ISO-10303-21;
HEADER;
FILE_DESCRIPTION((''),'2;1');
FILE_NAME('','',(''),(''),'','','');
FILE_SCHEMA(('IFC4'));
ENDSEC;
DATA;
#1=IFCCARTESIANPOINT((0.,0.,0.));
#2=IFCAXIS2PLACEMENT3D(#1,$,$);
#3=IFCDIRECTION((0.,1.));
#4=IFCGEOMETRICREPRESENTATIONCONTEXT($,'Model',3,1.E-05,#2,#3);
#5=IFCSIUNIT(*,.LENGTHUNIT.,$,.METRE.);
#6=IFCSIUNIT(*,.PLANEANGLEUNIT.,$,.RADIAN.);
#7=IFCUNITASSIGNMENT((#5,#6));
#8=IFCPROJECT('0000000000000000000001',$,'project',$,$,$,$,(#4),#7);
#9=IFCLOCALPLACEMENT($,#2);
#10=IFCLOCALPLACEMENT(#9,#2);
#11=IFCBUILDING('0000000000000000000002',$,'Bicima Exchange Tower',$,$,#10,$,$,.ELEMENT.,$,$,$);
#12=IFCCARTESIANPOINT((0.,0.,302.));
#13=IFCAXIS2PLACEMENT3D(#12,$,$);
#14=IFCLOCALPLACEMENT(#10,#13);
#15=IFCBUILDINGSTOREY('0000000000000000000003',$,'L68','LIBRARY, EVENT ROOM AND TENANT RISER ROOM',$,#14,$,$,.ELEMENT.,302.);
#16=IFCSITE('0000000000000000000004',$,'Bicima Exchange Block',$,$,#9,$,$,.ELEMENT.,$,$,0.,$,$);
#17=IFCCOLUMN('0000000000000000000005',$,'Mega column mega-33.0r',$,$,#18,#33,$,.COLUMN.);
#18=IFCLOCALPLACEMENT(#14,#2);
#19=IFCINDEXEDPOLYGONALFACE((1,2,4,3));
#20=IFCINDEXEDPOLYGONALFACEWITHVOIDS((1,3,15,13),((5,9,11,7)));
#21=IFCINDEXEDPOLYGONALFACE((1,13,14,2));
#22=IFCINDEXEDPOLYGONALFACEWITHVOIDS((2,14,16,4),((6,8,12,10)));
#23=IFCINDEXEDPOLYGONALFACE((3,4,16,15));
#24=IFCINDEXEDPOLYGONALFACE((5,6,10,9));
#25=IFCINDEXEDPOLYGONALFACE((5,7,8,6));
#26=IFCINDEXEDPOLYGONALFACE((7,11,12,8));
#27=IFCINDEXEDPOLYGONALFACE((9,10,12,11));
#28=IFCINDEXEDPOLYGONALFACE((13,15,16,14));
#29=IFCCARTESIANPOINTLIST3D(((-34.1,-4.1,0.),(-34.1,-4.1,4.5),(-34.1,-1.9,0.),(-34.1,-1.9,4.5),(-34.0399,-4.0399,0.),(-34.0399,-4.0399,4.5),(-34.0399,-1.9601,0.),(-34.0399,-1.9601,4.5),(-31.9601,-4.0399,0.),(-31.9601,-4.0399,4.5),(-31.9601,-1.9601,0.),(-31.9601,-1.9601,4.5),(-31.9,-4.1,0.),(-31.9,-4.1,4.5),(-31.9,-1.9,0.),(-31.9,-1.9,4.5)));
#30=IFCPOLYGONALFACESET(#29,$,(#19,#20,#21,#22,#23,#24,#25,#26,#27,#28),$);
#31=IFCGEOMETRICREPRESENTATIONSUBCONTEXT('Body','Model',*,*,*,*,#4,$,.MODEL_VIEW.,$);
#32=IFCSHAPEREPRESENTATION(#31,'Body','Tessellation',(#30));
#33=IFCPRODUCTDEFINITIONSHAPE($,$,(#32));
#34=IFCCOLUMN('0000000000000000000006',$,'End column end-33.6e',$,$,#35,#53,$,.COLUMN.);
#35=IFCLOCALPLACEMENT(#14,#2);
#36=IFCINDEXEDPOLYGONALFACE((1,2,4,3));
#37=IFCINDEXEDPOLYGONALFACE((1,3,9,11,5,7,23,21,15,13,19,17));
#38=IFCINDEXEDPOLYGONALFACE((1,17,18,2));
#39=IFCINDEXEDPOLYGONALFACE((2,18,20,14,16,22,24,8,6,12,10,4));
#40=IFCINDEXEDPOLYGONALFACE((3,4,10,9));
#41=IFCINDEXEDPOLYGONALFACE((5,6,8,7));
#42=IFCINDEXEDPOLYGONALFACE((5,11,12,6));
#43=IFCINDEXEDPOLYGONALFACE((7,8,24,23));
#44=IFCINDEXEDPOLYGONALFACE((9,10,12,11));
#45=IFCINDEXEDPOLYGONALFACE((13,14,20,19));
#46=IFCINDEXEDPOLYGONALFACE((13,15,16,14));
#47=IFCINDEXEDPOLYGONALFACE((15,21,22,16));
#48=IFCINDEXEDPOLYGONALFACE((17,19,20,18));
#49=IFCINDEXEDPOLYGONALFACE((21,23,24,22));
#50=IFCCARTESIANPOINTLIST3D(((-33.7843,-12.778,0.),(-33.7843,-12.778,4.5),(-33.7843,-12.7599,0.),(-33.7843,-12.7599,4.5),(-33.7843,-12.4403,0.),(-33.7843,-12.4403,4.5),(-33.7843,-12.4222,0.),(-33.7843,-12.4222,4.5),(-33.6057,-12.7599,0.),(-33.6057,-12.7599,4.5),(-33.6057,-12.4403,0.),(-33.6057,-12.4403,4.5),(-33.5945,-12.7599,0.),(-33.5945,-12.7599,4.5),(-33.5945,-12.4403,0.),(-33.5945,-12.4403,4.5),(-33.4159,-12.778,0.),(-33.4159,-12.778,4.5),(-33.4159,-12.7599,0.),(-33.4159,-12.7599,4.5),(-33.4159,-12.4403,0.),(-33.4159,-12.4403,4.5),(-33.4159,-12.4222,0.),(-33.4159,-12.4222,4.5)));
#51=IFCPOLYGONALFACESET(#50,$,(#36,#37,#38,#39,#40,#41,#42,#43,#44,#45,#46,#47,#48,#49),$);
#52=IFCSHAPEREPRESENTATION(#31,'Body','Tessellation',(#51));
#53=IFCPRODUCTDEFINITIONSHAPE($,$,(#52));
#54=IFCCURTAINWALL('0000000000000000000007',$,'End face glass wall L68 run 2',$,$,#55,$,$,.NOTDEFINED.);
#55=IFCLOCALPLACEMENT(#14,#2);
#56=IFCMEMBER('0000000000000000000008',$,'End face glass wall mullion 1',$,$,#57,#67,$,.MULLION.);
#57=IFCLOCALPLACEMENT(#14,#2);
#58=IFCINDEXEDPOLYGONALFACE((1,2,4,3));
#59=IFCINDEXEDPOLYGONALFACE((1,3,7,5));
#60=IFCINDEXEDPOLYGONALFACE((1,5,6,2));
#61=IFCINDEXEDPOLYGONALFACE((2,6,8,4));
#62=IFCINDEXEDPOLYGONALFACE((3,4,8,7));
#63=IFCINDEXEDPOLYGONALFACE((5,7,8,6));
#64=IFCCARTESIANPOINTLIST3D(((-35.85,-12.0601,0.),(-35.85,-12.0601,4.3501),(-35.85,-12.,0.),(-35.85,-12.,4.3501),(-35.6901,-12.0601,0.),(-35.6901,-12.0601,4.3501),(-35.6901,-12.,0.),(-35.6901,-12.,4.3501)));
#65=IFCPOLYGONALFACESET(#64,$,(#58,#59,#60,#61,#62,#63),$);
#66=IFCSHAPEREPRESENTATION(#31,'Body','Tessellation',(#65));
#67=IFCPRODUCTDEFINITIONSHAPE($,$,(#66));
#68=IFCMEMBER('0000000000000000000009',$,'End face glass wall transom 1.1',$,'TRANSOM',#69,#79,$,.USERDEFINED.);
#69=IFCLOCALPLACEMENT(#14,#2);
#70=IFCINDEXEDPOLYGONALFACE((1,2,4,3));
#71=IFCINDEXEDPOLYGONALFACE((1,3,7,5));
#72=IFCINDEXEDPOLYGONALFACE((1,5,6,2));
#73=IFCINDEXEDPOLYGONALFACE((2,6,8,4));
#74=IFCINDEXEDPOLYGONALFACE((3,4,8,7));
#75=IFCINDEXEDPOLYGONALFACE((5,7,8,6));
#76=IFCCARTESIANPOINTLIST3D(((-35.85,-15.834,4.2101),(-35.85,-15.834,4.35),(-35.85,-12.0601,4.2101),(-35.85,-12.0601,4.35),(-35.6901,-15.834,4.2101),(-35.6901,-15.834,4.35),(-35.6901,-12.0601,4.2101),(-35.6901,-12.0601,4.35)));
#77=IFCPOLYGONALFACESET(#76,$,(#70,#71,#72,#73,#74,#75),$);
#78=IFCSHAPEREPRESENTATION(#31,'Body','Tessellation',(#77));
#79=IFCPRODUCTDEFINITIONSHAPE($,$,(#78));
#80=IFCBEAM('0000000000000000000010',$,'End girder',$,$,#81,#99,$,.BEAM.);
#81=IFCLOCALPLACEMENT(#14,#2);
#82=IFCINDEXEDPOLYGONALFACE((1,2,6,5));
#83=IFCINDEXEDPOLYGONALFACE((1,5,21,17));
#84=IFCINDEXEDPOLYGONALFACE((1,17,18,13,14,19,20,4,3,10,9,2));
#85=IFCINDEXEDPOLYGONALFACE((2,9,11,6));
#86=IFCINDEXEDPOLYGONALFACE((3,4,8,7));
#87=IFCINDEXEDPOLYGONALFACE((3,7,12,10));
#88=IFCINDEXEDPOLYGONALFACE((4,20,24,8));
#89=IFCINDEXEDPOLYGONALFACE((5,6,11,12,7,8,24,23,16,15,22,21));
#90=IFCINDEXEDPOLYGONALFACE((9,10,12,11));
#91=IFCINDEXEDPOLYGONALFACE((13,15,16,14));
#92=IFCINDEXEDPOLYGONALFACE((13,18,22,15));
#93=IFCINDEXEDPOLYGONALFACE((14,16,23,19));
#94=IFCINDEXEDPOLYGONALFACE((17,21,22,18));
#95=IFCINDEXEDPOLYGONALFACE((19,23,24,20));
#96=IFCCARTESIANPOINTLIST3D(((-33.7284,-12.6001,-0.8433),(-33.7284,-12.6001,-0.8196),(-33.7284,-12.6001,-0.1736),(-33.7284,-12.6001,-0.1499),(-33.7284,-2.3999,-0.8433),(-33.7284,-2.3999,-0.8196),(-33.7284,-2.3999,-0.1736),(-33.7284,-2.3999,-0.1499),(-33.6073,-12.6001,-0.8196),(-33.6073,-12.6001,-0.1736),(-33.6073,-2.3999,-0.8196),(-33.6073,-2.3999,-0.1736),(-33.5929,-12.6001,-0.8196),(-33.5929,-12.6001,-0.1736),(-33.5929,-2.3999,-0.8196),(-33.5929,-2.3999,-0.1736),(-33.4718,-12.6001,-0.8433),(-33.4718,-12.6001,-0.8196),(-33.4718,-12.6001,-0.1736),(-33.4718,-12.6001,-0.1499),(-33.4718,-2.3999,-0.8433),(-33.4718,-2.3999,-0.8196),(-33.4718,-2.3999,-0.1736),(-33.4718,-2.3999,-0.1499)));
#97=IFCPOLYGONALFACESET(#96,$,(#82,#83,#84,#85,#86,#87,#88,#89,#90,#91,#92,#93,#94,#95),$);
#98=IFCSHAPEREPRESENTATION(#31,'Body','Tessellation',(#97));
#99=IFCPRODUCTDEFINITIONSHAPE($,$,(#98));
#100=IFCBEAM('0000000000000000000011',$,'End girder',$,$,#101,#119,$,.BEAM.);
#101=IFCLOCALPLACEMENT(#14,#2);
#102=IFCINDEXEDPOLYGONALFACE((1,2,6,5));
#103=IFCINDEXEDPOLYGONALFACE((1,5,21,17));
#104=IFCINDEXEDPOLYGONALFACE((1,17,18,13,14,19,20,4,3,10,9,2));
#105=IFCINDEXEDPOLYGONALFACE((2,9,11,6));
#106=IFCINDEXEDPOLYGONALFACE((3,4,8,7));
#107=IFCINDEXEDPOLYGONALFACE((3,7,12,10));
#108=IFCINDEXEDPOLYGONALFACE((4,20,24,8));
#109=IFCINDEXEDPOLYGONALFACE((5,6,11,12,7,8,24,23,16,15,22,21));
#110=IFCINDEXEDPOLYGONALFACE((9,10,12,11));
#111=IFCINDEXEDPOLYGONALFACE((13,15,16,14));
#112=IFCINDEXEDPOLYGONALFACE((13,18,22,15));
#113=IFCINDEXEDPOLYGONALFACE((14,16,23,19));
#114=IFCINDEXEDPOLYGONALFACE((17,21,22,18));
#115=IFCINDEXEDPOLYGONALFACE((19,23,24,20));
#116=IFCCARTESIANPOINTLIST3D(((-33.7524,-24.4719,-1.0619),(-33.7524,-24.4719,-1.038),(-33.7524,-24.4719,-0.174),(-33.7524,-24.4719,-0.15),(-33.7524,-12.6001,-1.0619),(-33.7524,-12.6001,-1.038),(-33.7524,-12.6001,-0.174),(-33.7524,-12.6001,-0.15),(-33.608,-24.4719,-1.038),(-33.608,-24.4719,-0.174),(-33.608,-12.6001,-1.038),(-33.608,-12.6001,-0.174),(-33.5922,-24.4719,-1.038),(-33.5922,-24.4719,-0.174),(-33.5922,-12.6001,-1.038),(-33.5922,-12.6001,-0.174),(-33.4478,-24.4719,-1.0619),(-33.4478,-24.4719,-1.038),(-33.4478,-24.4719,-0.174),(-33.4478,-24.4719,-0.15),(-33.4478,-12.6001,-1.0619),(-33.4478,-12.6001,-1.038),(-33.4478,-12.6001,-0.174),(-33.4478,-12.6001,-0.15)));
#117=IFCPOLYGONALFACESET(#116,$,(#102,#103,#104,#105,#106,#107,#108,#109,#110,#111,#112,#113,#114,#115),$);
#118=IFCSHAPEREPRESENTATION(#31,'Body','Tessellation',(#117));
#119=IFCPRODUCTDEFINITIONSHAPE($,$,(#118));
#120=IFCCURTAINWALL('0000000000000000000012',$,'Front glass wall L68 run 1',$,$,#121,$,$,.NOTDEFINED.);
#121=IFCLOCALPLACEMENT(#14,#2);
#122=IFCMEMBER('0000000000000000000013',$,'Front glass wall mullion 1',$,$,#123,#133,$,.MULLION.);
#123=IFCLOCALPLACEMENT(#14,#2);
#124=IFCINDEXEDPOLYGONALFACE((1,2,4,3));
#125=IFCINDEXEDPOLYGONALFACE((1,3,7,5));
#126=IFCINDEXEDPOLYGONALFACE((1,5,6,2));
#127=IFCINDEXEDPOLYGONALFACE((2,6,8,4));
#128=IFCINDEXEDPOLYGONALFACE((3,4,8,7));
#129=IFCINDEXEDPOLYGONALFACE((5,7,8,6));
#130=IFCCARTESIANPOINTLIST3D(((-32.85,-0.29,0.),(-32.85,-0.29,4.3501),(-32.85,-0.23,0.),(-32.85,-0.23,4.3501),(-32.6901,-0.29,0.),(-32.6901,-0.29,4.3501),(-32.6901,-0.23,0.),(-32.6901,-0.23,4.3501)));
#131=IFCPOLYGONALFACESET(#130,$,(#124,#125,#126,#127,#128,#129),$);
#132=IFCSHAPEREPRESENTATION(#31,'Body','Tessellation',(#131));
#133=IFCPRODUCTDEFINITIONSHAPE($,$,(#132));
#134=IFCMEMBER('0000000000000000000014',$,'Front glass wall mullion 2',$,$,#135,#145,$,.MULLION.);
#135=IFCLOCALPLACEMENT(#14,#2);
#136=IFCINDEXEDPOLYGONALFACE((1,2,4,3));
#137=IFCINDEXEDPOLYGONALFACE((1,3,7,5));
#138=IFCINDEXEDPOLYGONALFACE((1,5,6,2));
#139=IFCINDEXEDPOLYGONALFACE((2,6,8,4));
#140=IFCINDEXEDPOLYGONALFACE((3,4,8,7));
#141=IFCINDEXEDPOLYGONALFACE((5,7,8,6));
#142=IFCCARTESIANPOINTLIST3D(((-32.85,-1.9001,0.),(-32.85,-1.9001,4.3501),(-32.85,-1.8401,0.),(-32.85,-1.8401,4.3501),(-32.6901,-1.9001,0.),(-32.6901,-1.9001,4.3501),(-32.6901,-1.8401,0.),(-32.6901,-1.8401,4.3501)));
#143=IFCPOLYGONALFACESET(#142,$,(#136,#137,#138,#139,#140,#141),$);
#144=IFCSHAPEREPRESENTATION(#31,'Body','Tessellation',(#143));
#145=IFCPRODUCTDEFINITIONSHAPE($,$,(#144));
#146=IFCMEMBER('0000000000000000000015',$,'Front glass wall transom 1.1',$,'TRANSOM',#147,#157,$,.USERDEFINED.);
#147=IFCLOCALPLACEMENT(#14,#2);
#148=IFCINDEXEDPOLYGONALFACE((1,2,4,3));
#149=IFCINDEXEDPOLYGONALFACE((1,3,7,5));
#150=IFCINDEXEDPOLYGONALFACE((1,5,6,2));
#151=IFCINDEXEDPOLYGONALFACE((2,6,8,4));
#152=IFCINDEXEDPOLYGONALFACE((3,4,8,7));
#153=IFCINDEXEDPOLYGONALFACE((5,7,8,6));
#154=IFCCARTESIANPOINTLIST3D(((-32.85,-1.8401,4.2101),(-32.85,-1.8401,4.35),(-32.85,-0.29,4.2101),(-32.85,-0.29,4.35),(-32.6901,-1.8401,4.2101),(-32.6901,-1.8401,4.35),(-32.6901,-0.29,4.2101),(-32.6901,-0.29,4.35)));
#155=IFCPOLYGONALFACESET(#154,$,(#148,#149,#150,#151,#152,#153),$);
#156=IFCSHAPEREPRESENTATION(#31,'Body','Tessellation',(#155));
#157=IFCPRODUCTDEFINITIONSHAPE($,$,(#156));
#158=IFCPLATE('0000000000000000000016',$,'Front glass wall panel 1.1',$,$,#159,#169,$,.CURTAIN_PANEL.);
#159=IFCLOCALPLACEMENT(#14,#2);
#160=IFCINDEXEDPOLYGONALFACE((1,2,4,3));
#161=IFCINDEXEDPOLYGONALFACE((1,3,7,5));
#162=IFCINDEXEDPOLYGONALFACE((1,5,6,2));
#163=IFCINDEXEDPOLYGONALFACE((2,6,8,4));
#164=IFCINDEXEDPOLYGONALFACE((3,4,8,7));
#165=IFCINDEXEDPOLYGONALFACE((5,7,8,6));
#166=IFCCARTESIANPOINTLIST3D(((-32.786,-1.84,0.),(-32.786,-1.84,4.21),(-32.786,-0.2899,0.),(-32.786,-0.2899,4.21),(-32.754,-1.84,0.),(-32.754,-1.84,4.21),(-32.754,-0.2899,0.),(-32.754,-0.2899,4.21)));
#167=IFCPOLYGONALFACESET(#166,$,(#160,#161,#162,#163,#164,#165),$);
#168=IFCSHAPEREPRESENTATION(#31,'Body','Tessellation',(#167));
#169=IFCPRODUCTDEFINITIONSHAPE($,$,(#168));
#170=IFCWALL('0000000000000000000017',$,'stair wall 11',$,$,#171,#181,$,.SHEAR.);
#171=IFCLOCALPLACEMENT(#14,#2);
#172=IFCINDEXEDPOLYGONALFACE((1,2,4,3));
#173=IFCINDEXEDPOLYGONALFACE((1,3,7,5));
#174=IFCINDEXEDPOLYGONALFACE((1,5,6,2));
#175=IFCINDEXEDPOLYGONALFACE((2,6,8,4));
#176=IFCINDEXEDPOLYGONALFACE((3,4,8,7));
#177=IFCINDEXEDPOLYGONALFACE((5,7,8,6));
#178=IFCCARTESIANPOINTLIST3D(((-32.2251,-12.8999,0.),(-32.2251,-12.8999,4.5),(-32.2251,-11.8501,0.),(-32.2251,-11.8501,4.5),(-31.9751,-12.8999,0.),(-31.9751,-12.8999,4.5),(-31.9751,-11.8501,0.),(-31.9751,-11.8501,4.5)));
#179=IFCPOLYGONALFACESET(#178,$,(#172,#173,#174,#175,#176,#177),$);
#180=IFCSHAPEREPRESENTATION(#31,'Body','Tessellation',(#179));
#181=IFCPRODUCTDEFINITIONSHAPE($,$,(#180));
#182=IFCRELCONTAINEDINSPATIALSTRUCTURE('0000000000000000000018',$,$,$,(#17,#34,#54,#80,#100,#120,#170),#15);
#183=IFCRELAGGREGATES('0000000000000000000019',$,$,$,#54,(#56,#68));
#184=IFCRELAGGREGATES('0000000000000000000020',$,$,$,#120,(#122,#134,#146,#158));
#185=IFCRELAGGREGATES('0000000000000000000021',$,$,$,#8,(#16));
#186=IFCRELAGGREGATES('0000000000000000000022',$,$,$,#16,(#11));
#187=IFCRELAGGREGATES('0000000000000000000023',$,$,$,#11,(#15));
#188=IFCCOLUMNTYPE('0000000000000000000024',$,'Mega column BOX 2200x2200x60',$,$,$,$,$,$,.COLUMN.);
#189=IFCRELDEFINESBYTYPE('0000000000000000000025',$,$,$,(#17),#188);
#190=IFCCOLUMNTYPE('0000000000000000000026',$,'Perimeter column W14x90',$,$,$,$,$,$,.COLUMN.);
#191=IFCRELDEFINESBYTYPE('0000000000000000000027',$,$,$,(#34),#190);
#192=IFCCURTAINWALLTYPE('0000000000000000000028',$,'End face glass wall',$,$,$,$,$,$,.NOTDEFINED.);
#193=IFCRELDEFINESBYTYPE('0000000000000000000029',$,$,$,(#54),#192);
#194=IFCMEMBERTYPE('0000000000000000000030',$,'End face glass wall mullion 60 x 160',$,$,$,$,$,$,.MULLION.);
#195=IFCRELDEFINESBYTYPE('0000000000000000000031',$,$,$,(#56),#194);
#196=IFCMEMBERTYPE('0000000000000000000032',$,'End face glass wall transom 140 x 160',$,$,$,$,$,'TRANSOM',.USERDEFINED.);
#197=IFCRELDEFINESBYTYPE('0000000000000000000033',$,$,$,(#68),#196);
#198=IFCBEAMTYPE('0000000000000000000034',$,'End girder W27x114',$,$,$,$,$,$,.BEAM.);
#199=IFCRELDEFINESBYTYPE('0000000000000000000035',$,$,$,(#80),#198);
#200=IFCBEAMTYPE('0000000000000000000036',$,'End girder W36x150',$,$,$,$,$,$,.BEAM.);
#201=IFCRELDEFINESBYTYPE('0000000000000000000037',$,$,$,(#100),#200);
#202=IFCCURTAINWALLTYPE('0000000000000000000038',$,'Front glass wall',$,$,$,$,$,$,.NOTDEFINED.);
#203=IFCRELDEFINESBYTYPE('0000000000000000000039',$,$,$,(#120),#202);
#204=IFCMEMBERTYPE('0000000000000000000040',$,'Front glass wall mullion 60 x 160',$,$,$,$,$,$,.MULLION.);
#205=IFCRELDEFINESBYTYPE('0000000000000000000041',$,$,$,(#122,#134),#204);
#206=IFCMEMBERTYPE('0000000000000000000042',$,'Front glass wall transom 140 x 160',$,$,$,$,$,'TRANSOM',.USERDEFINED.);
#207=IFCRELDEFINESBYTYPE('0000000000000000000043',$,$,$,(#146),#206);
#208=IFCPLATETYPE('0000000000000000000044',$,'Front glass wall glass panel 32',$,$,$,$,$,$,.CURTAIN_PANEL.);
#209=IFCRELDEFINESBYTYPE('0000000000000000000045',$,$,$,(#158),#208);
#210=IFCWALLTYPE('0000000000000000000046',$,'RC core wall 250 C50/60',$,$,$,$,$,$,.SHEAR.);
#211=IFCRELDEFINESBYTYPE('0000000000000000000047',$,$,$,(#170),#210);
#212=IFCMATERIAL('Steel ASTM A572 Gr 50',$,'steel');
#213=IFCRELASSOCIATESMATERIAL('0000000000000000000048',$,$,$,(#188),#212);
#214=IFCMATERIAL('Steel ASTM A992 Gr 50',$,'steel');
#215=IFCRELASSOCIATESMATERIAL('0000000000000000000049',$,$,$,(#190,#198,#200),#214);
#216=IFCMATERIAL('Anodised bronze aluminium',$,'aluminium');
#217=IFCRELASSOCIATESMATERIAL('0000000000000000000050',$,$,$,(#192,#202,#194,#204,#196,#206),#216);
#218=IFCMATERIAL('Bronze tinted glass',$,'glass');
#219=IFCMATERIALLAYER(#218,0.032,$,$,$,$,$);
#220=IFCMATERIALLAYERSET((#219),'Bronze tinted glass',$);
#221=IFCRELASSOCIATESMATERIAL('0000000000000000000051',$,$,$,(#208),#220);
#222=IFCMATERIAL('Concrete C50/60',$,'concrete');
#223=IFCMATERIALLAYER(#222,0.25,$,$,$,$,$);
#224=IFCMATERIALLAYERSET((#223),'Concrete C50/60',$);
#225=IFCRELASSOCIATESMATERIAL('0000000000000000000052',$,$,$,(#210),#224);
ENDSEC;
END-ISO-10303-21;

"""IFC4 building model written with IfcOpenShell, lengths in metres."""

from ifc_helpers import new_model, si_unit, direction, frame, frame_2d, origin, origin_2d, place, context, subcontext, project, spatial, rectangle, hollow_rectangle, i_section, extrude, material, layer, layer_set, material_profile, profile_set, type_object, element, aggregate, save


model = new_model("IFC4")

# Units and contexts
model_context = context("Model", 3, precision=1e-05, world=origin(), true_north=direction((0.0, 1.0)))
body_context = subcontext(model_context, "Body", "Model", "MODEL_VIEW")
ifc_project = project(units=[si_unit("LENGTHUNIT", "METRE"), si_unit("PLANEANGLEUNIT", "RADIAN")], contexts=[model_context])

# Site, building, storey
site_placement = place(None, origin())
site = spatial("IfcSite", under=ifc_project, at=site_placement, Name="Bicima Exchange Block", CompositionType="ELEMENT", RefElevation=0.0)
building_placement = place(site_placement, origin())
building = spatial("IfcBuilding", under=site, at=building_placement, Name="Bicima Exchange Tower", CompositionType="ELEMENT")
storey_placement = place(building_placement, frame((0.0, 0.0, 302.0)))
storey = spatial("IfcBuildingStorey", under=building, at=storey_placement, Name="L68", Description="LIBRARY, EVENT ROOM AND TENANT RISER ROOM", CompositionType="ELEMENT", Elevation=302.0)

# Columns
ifc_material_1 = material(Name="Steel ASTM A572 Gr 50", Category="steel")
ifc_material_profile_1 = material_profile(ifc_material_1, hollow_rectangle(XDim=2.2, YDim=2.2, WallThickness=0.0601, at=origin_2d()))
ifc_profile_set_1 = profile_set([ifc_material_profile_1], Name="Steel ASTM A572 Gr 50")
column_type_1 = type_object("IfcColumnType", Name="Mega column BOX 2200x2200x60", PredefinedType="COLUMN", material=ifc_profile_set_1)
column_1_placement = place(storey_placement, frame((-33.0, -3.0, 0.0), z_axis=(0.0, 0.0, 1.0), x_axis=(1.0, 0.0, 0.0)))
element("IfcColumn", 1, at=column_1_placement, inside=storey, type_object=column_type_1, Name="Mega column mega-33.0r", PredefinedType="COLUMN", context=body_context, shape_type="SweptSolid", body=[
    extrude(hollow_rectangle(XDim=2.2, YDim=2.2, WallThickness=0.0601, at=origin_2d()), origin(), (0.0, 0.0, 1.0), 4.5),
])
ifc_material_2 = material(Name="Steel ASTM A992 Gr 50", Category="steel")
ifc_material_profile_2 = material_profile(ifc_material_2, i_section(OverallWidth=0.3684, OverallDepth=0.3557, WebThickness=0.0112, FlangeThickness=0.0181, at=origin_2d()))
ifc_profile_set_2 = profile_set([ifc_material_profile_2], Name="Steel ASTM A992 Gr 50")
column_type_2 = type_object("IfcColumnType", Name="Perimeter column W14x90", PredefinedType="COLUMN", material=ifc_profile_set_2)
column_2_placement = place(storey_placement, frame((-33.6001, -12.6001, 0.0), z_axis=(0.0, 0.0, 1.0), x_axis=(1.0, 0.0, 0.0)))
element("IfcColumn", 2, at=column_2_placement, inside=storey, type_object=column_type_2, Name="End column end-33.6e", PredefinedType="COLUMN", context=body_context, shape_type="SweptSolid", body=[
    extrude(i_section(OverallWidth=0.3684, OverallDepth=0.3557, WebThickness=0.0112, FlangeThickness=0.0181, at=origin_2d()), origin(), (0.0, 0.0, 1.0), 4.5),
])

# Curtain wall, members
ifc_material_3 = material(Name="Anodised bronze aluminium", Category="aluminium")
curtain_wall_type_1 = type_object("IfcCurtainWallType", Name="End face glass wall", PredefinedType="NOTDEFINED", material=ifc_material_3)
curtain_wall_1_placement = place(storey_placement, origin())
curtain_wall_1 = element("IfcCurtainWall", 3, at=curtain_wall_1_placement, inside=storey, type_object=curtain_wall_type_1, Name="End face glass wall L68 run 2", PredefinedType="NOTDEFINED")
ifc_material_profile_3 = material_profile(ifc_material_3, rectangle(XDim=0.1599, YDim=0.0601, at=origin_2d()))
ifc_profile_set_3 = profile_set([ifc_material_profile_3], Name="Anodised bronze aluminium")
member_type_1 = type_object("IfcMemberType", Name="End face glass wall mullion 60 x 160", PredefinedType="MULLION", material=ifc_profile_set_3)
member_1_placement = place(storey_placement, frame((-35.77, -12.03, 0.0), z_axis=(0.0, 0.0, 1.0), x_axis=(1.0, 0.0, 0.0)))
member_1 = element("IfcMember", 4, at=member_1_placement, type_object=member_type_1, Name="End face glass wall mullion 1", PredefinedType="MULLION", context=body_context, shape_type="SweptSolid", body=[
    extrude(rectangle(XDim=0.1599, YDim=0.0601, at=origin_2d()), origin(), (0.0, 0.0, 1.0), 4.3501),
])
ifc_material_profile_4 = material_profile(ifc_material_3, rectangle(XDim=0.1599, YDim=0.1399, at=origin_2d()))
ifc_profile_set_4 = profile_set([ifc_material_profile_4], Name="Anodised bronze aluminium")
member_type_2 = type_object("IfcMemberType", Name="End face glass wall transom 140 x 160", ElementType="TRANSOM", PredefinedType="USERDEFINED", material=ifc_profile_set_4)
member_2_placement = place(storey_placement, frame((-35.77, -12.0601, 4.28), z_axis=(0.0, -1.0, 0.0), x_axis=(1.0, 0.0, 0.0)))
member_2 = element("IfcMember", 5, at=member_2_placement, type_object=member_type_2, Name="End face glass wall transom 1.1", ObjectType="TRANSOM", PredefinedType="USERDEFINED", context=body_context, shape_type="SweptSolid", body=[
    extrude(rectangle(XDim=0.1599, YDim=0.1399, at=origin_2d()), origin(), (0.0, 0.0, 1.0), 3.7739),
])
aggregate(curtain_wall_1, [member_1, member_2])

# Beams
ifc_material_profile_5 = material_profile(ifc_material_2, i_section(OverallWidth=0.2566, OverallDepth=0.6934, WebThickness=0.0144, FlangeThickness=0.0237, at=origin_2d()))
ifc_profile_set_5 = profile_set([ifc_material_profile_5], Name="Steel ASTM A992 Gr 50")
beam_type_1 = type_object("IfcBeamType", Name="End girder W27x114", PredefinedType="BEAM", material=ifc_profile_set_5)
beam_1_placement = place(storey_placement, frame((-33.6001, -2.3999, -0.4966), z_axis=(0.0, -1.0, 0.0), x_axis=(1.0, 0.0, 0.0)))
element("IfcBeam", 6, at=beam_1_placement, inside=storey, type_object=beam_type_1, Name="End girder", PredefinedType="BEAM", context=body_context, shape_type="SweptSolid", body=[
    extrude(i_section(OverallWidth=0.2566, OverallDepth=0.6934, WebThickness=0.0144, FlangeThickness=0.0237, at=origin_2d()), origin(), (0.0, 0.0, 1.0), 10.2002),
])
ifc_material_profile_6 = material_profile(ifc_material_2, i_section(OverallWidth=0.3047, OverallDepth=0.9119, WebThickness=0.0159, FlangeThickness=0.0239, at=origin_2d()))
ifc_profile_set_6 = profile_set([ifc_material_profile_6], Name="Steel ASTM A992 Gr 50")
beam_type_2 = type_object("IfcBeamType", Name="End girder W36x150", PredefinedType="BEAM", material=ifc_profile_set_6)
beam_2_placement = place(storey_placement, frame((-33.6001, -12.6001, -0.606), z_axis=(0.0, -1.0, 0.0), x_axis=(1.0, 0.0, 0.0)))
element("IfcBeam", 7, at=beam_2_placement, inside=storey, type_object=beam_type_2, Name="End girder", PredefinedType="BEAM", context=body_context, shape_type="SweptSolid", body=[
    extrude(i_section(OverallWidth=0.3047, OverallDepth=0.9119, WebThickness=0.0159, FlangeThickness=0.0239, at=origin_2d()), origin(), (0.0, 0.0, 1.0), 11.8718),
])

# Curtain wall, members, plate
curtain_wall_type_2 = type_object("IfcCurtainWallType", Name="Front glass wall", PredefinedType="NOTDEFINED", material=ifc_material_3)
curtain_wall_2_placement = place(storey_placement, origin())
curtain_wall_2 = element("IfcCurtainWall", 8, at=curtain_wall_2_placement, inside=storey, type_object=curtain_wall_type_2, Name="Front glass wall L68 run 1", PredefinedType="NOTDEFINED")
member_type_3 = type_object("IfcMemberType", Name="Front glass wall mullion 60 x 160", PredefinedType="MULLION", material=ifc_profile_set_3)
member_3_placement = place(storey_placement, frame((-32.77, -0.26, 0.0), z_axis=(0.0, 0.0, 1.0), x_axis=(1.0, 0.0, 0.0)))
member_3 = element("IfcMember", 9, at=member_3_placement, type_object=member_type_3, Name="Front glass wall mullion 1", PredefinedType="MULLION", context=body_context, shape_type="SweptSolid", body=[
    extrude(rectangle(XDim=0.1599, YDim=0.0601, at=origin_2d()), origin(), (0.0, 0.0, 1.0), 4.3501),
])
member_4_placement = place(storey_placement, frame((-32.77, -1.8701, 0.0), z_axis=(0.0, 0.0, 1.0), x_axis=(1.0, 0.0, 0.0)))
member_4 = element("IfcMember", 10, at=member_4_placement, type_object=member_type_3, Name="Front glass wall mullion 2", PredefinedType="MULLION", context=body_context, shape_type="SweptSolid", body=[
    extrude(rectangle(XDim=0.1599, YDim=0.0601, at=origin_2d()), origin(), (0.0, 0.0, 1.0), 4.3501),
])
member_type_4 = type_object("IfcMemberType", Name="Front glass wall transom 140 x 160", ElementType="TRANSOM", PredefinedType="USERDEFINED", material=ifc_profile_set_4)
member_5_placement = place(storey_placement, frame((-32.77, -0.29, 4.28), z_axis=(0.0, -1.0, 0.0), x_axis=(1.0, 0.0, 0.0)))
member_5 = element("IfcMember", 11, at=member_5_placement, type_object=member_type_4, Name="Front glass wall transom 1.1", ObjectType="TRANSOM", PredefinedType="USERDEFINED", context=body_context, shape_type="SweptSolid", body=[
    extrude(rectangle(XDim=0.1599, YDim=0.1399, at=origin_2d()), origin(), (0.0, 0.0, 1.0), 1.55),
])
ifc_material_4 = material(Name="Bronze tinted glass", Category="glass")
ifc_layer_1 = layer(ifc_material_4, 0.032)
ifc_layer_set_1 = layer_set([ifc_layer_1], Name="Bronze tinted glass")
plate_type = type_object("IfcPlateType", Name="Front glass wall glass panel 32", PredefinedType="CURTAIN_PANEL", material=ifc_layer_set_1)
plate_placement = place(storey_placement, frame((-32.77, -1.0649, 0.0), z_axis=(0.0, 0.0, 1.0), x_axis=(0.0, -1.0, 0.0)))
plate = element("IfcPlate", 12, at=plate_placement, type_object=plate_type, Name="Front glass wall panel 1.1", PredefinedType="CURTAIN_PANEL", context=body_context, shape_type="SweptSolid", body=[
    extrude(rectangle(XDim=1.55, YDim=0.032, at=origin_2d()), origin(), (0.0, 0.0, 1.0), 4.21),
])
aggregate(curtain_wall_2, [member_3, member_4, member_5, plate])

# Wall
ifc_material_5 = material(Name="Concrete C50/60", Category="concrete")
ifc_layer_2 = layer(ifc_material_5, 0.25)
ifc_layer_set_2 = layer_set([ifc_layer_2], Name="Concrete C50/60")
wall_type_1 = type_object("IfcWallType", Name="RC core wall 250 C50/60", PredefinedType="SHEAR", material=ifc_layer_set_2)
wall_1_placement = place(storey_placement, frame((-32.1001, -12.8999, 0.0), z_axis=(0.0, 0.0, 1.0), x_axis=(0.0, 1.0, 0.0)))
element("IfcWall", 13, at=wall_1_placement, inside=storey, type_object=wall_type_1, Name="stair wall 11", PredefinedType="SHEAR", context=body_context, shape_type="SweptSolid", body=[
    extrude(rectangle(XDim=1.0498, YDim=0.25, at=frame_2d((0.5249, 0.0))), origin(), (0.0, 0.0, 1.0), 4.5),
])

save(model, "model.ifc")
